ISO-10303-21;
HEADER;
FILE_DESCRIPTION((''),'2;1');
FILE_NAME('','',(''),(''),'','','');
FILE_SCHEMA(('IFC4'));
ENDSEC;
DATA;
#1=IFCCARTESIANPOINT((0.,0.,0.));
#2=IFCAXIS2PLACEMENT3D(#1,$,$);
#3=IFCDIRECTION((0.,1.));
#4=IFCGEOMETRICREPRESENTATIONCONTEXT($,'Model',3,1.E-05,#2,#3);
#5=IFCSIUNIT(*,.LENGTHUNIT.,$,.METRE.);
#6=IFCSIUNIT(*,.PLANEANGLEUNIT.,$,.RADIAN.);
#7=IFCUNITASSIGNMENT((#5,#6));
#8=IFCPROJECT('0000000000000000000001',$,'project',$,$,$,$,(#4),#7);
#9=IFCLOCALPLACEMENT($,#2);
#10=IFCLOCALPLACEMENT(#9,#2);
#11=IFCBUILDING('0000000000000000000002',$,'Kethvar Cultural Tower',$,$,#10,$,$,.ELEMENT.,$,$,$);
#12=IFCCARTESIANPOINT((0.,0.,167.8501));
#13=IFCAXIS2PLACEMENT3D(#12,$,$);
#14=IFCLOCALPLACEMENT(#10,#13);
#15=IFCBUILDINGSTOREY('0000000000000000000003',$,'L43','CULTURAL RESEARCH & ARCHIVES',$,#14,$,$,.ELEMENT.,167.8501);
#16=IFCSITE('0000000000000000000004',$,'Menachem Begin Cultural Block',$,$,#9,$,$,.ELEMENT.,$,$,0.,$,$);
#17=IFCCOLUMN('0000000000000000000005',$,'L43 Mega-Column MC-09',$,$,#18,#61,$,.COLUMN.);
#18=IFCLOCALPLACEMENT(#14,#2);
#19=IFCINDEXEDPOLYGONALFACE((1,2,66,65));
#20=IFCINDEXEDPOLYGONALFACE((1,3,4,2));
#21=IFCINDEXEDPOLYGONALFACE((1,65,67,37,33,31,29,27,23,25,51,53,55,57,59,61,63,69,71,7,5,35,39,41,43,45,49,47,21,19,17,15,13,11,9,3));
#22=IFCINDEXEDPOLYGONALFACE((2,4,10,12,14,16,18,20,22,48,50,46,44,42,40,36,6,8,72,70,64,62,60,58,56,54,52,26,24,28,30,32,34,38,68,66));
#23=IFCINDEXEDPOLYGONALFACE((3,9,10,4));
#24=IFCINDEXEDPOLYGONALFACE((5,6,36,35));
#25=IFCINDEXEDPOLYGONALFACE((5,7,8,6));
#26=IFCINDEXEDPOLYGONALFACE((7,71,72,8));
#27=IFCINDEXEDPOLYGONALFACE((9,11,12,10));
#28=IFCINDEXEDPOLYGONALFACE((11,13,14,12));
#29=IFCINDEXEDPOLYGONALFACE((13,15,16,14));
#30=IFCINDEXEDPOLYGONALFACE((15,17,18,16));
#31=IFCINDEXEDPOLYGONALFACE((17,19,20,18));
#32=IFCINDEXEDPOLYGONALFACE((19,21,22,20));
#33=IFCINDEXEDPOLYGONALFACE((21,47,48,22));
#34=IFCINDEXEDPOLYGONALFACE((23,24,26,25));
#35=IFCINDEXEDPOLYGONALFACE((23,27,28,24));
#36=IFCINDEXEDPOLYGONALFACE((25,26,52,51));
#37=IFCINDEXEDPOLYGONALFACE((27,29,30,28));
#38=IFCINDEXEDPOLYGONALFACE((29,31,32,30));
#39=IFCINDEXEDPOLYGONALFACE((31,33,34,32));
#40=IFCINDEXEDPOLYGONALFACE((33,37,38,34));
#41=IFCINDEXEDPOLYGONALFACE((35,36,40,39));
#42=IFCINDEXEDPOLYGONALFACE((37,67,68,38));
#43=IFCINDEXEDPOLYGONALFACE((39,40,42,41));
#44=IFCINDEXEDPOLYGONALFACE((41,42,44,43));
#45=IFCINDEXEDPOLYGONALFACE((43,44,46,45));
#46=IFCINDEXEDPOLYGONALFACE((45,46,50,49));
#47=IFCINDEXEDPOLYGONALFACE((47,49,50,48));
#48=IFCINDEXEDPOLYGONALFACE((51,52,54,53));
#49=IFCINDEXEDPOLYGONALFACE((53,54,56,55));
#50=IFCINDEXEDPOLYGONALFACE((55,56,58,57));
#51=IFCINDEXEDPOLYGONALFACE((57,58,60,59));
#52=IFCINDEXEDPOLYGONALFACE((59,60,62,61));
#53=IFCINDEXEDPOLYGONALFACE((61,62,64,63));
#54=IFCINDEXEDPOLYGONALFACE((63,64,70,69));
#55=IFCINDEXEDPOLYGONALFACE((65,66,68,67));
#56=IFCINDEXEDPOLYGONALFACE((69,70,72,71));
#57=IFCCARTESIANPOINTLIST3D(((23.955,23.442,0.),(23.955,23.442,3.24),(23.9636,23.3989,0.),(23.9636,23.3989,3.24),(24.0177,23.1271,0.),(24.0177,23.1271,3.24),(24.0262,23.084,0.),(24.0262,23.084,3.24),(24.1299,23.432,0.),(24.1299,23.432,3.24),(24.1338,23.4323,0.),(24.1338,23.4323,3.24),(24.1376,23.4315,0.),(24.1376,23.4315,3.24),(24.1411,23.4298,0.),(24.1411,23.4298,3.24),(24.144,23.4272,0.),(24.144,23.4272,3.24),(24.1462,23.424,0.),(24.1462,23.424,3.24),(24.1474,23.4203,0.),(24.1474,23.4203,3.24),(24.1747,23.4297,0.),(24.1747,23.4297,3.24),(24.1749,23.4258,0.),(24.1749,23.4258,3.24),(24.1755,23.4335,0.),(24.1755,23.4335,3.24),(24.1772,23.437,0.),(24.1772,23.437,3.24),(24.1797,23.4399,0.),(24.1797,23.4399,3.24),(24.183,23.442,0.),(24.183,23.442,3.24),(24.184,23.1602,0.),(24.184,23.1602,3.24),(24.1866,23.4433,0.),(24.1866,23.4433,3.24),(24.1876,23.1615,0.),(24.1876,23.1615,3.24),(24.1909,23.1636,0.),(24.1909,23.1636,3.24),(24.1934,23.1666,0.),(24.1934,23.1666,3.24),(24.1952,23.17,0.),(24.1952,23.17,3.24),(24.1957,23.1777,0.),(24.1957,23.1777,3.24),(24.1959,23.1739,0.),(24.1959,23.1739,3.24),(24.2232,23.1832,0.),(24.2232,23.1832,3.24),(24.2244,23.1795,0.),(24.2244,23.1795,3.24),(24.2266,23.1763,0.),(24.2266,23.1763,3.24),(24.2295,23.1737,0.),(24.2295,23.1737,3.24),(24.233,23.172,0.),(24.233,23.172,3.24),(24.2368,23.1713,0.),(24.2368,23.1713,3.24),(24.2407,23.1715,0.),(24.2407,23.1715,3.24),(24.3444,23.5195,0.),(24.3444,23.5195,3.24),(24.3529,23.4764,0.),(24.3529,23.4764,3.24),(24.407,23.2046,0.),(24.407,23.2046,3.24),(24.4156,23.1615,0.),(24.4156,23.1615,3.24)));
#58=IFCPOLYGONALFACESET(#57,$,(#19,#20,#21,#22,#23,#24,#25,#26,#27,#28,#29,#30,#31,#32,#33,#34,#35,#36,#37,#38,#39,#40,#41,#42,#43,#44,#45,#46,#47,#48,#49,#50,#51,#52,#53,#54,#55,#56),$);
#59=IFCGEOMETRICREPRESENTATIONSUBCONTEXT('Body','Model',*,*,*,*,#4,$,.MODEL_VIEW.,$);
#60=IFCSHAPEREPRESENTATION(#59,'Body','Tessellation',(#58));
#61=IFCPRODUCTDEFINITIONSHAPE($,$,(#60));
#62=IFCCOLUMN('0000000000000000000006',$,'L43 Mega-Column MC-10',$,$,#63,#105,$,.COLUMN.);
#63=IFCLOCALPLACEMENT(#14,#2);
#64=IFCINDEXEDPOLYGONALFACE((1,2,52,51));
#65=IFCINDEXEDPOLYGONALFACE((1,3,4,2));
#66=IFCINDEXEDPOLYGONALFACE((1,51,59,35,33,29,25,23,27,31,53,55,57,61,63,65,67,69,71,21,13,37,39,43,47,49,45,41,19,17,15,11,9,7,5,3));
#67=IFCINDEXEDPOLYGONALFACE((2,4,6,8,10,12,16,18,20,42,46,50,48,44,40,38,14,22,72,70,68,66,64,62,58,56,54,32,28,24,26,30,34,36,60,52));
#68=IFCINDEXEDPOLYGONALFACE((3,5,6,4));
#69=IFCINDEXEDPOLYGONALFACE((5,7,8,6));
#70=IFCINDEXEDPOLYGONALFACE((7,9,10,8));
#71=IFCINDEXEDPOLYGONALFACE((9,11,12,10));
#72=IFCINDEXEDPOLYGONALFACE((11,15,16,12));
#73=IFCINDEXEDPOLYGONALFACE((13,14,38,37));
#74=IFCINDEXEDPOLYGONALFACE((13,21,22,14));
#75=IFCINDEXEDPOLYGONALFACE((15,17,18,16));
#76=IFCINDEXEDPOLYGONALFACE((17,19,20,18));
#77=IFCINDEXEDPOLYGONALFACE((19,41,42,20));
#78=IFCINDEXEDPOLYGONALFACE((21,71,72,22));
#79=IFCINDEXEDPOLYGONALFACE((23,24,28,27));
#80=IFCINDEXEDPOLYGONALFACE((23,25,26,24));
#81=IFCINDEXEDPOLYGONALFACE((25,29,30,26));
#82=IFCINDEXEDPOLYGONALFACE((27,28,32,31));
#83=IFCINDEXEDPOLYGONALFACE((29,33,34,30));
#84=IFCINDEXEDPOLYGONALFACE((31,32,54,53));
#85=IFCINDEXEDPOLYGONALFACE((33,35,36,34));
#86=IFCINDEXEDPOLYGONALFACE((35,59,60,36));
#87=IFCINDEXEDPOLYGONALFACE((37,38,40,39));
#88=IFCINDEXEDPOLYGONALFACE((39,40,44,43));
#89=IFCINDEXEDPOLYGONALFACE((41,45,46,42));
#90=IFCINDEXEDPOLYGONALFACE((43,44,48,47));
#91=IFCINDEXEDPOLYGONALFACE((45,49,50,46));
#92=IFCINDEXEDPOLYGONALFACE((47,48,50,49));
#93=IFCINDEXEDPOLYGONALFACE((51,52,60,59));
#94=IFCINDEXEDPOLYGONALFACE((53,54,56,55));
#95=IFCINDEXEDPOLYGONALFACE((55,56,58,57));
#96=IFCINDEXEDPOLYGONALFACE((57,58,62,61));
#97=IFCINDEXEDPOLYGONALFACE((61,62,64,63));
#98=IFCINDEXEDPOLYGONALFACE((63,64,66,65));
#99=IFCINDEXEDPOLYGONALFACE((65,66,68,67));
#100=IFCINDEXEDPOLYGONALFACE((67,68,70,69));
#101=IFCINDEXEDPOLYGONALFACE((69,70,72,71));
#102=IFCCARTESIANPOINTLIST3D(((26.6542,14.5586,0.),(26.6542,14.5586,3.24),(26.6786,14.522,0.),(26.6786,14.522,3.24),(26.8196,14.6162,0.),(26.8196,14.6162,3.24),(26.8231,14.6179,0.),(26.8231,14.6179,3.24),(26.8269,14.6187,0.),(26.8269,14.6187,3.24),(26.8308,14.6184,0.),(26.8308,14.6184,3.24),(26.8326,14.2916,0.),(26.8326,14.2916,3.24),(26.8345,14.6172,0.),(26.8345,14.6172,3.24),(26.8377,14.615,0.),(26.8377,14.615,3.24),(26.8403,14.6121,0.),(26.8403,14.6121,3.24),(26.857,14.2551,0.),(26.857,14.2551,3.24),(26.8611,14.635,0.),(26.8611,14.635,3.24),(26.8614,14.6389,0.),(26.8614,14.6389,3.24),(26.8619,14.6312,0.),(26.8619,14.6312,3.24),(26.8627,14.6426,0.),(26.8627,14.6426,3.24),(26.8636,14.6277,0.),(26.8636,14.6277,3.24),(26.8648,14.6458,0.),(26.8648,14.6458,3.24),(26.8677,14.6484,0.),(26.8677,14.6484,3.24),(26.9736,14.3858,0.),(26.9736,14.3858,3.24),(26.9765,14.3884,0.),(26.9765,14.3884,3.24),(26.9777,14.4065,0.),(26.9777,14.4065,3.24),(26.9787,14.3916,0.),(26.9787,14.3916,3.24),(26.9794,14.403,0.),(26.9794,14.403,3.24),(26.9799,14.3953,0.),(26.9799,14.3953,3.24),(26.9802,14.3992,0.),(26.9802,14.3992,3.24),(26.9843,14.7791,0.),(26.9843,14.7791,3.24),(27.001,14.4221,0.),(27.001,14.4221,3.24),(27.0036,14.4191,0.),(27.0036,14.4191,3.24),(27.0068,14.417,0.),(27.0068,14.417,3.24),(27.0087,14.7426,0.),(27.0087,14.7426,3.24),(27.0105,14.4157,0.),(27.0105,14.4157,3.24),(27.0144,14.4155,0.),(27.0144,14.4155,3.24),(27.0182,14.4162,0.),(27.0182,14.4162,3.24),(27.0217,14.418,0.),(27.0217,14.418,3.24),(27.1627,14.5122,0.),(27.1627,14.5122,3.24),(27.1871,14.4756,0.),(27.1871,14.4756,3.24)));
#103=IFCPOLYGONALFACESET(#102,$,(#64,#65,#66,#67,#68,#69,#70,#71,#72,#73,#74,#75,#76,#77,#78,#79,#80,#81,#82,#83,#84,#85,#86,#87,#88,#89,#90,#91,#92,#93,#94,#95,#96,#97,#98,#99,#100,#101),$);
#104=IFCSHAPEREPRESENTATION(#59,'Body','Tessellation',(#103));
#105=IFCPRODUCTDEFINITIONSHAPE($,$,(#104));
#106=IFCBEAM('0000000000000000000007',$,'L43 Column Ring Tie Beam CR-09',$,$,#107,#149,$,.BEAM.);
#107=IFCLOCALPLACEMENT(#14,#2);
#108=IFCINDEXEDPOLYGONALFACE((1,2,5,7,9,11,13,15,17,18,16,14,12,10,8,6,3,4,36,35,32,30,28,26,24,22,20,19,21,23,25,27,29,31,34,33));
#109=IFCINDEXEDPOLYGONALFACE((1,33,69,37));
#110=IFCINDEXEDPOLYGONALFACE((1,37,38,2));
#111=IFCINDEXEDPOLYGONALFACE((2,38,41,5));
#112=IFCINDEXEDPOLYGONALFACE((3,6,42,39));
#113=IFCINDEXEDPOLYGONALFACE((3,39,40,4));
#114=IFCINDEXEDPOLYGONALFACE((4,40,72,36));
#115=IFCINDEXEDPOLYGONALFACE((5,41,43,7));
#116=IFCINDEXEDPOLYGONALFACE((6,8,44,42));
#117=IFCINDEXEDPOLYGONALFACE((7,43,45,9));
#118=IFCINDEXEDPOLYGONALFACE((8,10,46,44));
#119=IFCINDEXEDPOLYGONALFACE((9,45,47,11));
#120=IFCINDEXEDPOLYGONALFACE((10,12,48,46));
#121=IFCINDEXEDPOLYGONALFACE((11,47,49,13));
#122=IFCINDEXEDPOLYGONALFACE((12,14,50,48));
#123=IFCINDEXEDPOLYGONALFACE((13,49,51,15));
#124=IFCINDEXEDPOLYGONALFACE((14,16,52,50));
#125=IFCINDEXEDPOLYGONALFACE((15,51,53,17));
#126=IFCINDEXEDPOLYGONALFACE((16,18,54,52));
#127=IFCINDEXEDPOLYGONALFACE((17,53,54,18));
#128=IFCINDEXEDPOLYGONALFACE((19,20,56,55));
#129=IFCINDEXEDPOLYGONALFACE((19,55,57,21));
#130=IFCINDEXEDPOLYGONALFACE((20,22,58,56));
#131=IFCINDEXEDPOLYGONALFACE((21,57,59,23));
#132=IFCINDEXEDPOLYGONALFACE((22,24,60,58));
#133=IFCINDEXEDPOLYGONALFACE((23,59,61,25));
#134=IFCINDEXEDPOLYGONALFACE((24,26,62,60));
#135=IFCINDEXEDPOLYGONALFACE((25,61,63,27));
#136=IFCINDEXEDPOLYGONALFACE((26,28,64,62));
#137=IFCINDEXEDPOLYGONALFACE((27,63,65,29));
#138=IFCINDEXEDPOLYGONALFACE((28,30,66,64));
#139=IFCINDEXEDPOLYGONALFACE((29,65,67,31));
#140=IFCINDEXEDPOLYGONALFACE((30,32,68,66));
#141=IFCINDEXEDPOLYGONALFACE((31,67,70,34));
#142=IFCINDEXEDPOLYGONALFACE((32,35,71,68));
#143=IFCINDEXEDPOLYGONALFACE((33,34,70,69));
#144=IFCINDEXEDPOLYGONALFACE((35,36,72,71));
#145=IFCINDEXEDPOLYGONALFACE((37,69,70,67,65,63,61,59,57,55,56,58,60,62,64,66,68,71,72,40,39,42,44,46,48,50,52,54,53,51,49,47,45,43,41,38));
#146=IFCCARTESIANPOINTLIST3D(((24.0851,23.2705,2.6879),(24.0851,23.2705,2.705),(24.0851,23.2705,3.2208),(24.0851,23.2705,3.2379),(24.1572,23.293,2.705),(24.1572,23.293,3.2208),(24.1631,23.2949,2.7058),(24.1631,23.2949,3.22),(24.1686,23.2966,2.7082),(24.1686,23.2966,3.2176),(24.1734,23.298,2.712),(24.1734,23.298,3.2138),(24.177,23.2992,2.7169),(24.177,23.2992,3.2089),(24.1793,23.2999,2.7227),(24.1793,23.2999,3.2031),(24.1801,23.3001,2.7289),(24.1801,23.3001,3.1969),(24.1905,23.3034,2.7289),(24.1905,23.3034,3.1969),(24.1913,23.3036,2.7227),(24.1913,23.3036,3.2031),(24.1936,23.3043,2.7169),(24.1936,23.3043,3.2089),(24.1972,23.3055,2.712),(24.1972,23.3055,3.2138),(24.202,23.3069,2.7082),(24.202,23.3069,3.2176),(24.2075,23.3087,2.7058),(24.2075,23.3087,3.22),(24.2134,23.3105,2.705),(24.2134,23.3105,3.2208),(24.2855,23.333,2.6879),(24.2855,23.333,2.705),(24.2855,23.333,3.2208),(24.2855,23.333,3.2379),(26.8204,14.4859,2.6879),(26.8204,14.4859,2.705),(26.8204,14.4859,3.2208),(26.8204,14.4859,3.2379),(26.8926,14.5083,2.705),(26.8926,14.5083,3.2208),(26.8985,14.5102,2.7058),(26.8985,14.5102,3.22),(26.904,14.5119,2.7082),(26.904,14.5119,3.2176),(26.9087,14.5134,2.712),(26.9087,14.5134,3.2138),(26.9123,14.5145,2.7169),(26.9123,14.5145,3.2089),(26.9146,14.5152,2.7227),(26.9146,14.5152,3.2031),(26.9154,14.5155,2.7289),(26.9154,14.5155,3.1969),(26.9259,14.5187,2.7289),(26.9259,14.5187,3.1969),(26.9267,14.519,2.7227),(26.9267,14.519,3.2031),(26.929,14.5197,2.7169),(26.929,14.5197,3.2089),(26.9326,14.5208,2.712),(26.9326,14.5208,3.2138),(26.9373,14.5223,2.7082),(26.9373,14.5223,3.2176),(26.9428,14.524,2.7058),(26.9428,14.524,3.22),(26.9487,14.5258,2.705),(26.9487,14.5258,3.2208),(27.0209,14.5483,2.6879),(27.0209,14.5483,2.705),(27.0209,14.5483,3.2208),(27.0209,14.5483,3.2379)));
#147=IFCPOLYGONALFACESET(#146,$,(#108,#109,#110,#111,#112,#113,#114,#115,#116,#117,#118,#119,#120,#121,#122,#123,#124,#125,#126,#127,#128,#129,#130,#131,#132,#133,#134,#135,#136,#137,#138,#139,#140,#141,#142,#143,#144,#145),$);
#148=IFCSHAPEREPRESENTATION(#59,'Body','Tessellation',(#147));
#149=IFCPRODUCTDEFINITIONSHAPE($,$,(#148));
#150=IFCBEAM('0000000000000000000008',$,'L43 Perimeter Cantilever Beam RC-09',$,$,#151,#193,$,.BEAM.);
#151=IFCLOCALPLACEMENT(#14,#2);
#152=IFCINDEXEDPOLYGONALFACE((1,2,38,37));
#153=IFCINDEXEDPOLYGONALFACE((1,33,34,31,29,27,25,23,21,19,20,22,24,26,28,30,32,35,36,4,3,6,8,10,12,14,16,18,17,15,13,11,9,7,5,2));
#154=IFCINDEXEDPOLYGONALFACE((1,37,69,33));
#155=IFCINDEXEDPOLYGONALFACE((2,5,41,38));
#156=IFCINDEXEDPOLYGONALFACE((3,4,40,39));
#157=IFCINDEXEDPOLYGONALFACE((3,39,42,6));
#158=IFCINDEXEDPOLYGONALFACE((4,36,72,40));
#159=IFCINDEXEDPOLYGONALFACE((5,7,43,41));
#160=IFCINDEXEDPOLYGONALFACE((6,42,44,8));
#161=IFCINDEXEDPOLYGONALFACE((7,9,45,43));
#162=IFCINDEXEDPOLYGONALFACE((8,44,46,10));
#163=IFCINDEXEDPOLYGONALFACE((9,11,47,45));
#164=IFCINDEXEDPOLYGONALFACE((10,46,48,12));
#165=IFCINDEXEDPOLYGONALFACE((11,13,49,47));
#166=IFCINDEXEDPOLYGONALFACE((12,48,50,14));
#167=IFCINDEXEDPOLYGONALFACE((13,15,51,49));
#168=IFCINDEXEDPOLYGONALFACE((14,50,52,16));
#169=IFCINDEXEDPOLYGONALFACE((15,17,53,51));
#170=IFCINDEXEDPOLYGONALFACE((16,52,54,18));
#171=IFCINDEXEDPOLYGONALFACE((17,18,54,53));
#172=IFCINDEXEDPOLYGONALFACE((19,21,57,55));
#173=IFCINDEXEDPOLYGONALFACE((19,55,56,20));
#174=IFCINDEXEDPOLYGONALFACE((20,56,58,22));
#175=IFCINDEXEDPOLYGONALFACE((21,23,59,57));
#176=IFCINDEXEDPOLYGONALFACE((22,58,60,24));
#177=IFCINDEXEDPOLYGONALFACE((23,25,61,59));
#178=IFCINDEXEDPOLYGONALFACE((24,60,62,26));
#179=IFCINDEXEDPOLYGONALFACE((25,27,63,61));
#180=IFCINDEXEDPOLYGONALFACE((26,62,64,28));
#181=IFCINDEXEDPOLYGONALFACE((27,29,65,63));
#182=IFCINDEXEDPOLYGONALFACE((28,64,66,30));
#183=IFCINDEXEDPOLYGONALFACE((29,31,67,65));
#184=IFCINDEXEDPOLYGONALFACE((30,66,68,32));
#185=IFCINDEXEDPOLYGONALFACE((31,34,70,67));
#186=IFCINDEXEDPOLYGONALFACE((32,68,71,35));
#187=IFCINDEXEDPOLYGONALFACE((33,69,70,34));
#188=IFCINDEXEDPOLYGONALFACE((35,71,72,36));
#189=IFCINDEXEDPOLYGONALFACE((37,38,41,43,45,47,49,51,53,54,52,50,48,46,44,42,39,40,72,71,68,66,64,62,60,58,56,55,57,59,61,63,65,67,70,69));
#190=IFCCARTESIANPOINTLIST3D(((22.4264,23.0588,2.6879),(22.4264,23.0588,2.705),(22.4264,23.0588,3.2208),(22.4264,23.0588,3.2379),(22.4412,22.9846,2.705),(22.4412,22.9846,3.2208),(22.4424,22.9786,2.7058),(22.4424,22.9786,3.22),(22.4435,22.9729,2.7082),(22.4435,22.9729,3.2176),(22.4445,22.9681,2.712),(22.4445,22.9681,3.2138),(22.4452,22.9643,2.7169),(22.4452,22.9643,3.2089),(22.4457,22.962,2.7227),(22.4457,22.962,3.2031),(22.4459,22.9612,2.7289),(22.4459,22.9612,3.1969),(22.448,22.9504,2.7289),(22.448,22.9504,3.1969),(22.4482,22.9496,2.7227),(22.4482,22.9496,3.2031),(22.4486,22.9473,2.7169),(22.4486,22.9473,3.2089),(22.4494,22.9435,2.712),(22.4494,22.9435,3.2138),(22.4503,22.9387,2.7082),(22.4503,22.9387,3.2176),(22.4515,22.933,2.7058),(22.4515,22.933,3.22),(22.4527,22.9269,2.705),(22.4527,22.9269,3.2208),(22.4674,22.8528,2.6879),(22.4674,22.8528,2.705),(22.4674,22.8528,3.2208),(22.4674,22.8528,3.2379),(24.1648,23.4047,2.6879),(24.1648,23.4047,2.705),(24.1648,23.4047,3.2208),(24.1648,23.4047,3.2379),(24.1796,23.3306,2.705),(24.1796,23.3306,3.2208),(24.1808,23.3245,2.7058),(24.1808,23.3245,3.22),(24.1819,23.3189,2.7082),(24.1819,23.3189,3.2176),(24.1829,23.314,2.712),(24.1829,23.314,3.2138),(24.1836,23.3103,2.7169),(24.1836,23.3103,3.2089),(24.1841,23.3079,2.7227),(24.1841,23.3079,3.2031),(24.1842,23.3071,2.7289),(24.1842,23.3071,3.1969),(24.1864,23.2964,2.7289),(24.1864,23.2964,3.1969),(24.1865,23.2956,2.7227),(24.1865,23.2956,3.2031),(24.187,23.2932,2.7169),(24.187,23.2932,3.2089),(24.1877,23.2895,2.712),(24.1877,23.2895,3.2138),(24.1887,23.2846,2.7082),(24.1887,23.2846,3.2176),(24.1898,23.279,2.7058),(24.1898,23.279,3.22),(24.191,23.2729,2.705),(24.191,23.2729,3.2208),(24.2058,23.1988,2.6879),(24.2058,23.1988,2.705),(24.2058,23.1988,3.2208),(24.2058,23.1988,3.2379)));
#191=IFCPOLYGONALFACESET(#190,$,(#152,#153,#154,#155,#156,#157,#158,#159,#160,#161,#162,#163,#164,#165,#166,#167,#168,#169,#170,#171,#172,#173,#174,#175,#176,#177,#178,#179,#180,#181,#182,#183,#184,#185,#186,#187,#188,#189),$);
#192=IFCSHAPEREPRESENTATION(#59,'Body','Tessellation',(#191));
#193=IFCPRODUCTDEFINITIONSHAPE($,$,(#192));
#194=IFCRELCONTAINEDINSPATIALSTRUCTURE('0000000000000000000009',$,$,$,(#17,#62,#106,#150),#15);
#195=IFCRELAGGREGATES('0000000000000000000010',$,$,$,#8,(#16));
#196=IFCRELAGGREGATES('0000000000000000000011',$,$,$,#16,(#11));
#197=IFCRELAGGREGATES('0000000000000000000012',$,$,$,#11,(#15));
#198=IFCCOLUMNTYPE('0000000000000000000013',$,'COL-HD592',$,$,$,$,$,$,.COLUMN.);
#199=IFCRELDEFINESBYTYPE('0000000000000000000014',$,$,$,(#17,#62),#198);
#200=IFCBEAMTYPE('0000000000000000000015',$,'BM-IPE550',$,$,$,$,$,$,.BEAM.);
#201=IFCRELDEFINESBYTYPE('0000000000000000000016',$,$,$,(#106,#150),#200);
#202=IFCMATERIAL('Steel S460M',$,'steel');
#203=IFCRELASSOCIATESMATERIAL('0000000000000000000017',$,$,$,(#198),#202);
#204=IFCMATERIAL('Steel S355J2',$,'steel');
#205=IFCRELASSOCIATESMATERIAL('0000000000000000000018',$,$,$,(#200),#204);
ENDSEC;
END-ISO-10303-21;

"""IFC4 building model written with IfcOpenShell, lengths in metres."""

from ifc_helpers import new_model, si_unit, direction, frame, origin, origin_2d, place, context, subcontext, project, spatial, i_section, extrude, source, transform, mapped, material, material_profile, profile_set, type_object, element, save


model = new_model("IFC4")

# Units and contexts
model_context = context("Model", 3, precision=1e-05, world=origin(), true_north=direction((0.0, 1.0)))
body_context = subcontext(model_context, "Body", "Model", "MODEL_VIEW")
ifc_project = project(units=[si_unit("LENGTHUNIT", "METRE"), si_unit("PLANEANGLEUNIT", "RADIAN")], contexts=[model_context])

# Site, building, storey
site_placement = place(None, origin())
site = spatial("IfcSite", under=ifc_project, at=site_placement, Name="Menachem Begin Cultural Block", CompositionType="ELEMENT", RefElevation=0.0)
building_placement = place(site_placement, origin())
building = spatial("IfcBuilding", under=site, at=building_placement, Name="Kethvar Cultural Tower", CompositionType="ELEMENT")
storey_placement = place(building_placement, frame((0.0, 0.0, 167.8501)))
storey = spatial("IfcBuildingStorey", under=building, at=storey_placement, Name="L43", Description="CULTURAL RESEARCH & ARCHIVES", CompositionType="ELEMENT", Elevation=167.8501)

# Columns
ifc_material_1 = material(Name="Steel S460M", Category="steel")
ifc_material_profile_1 = material_profile(ifc_material_1, i_section(OverallWidth=0.397, OverallDepth=0.365, WebThickness=0.0281, FlangeThickness=0.0439, FilletRadius=0.0149, at=origin_2d()), Name="Steel S460M — HD400x592")
ifc_profile_set_1 = profile_set([ifc_material_profile_1], Name="Steel S460M — HD400x592")
column_type = type_object("IfcColumnType", Name="COL-HD592", PredefinedType="COLUMN", material=ifc_profile_set_1)
shared_shape_1 = source(origin(), body_context, "Body", "SweptSolid", [
    extrude(i_section(OverallWidth=0.397, OverallDepth=0.365, WebThickness=0.0281, FlangeThickness=0.0439, FilletRadius=0.0149, at=origin_2d()), origin(), (0.0, 0.0, 1.0), 3.24),
])
for number, where, z_axis, x_axis, name in (
    (1, (24.1853, 23.3018, 0.0), (0.0, 0.0, 1.0), (-0.980785, -0.19509, 0.0), "L43 Mega-Column MC-09"),
    (2, (26.9207, 14.5171, 0.0), (0.0, 0.0, 1.0), (-0.83147, -0.55557, 0.0), "L43 Mega-Column MC-10"),
):
    element("IfcColumn", number, at=place(storey_placement, frame(where, z_axis=z_axis, x_axis=x_axis)), inside=storey, type_object=column_type, Name=name, PredefinedType="COLUMN", context=body_context, shape_type="MappedRepresentation", body=[
        mapped(shared_shape_1, transform((0.0, 0.0, 0.0), scale=1.0)),
    ])

# Beams
ifc_material_2 = material(Name="Steel S355J2", Category="steel")
ifc_material_profile_2 = material_profile(ifc_material_2, i_section(OverallWidth=0.21, OverallDepth=0.55, WebThickness=0.011, FlangeThickness=0.0171, FilletRadius=0.0239, at=origin_2d()), Name="Steel S355J2 — IPE550")
ifc_profile_set_2 = profile_set([ifc_material_profile_2], Name="Steel S355J2 — IPE550")
beam_type_1 = type_object("IfcBeamType", Name="BM-IPE550", PredefinedType="BEAM", material=ifc_profile_set_2)
shared_shape_2 = source(origin(), body_context, "Body", "SweptSolid", [
    extrude(i_section(OverallWidth=0.21, OverallDepth=0.55, WebThickness=0.011, FlangeThickness=0.0171, FilletRadius=0.0239, at=origin_2d()), origin(), (0.0, 0.0, 1.0), 9.2007),
])
beam_1_placement = place(storey_placement, frame((24.1853, 23.3018, 2.9629), z_axis=(0.297299, -0.954784, 0.0), x_axis=(0.954784, 0.297299, 0.0)))
element("IfcBeam", 3, at=beam_1_placement, inside=storey, type_object=beam_type_1, Name="L43 Column Ring Tie Beam CR-09", PredefinedType="BEAM", context=body_context, shape_type="MappedRepresentation", body=[
    mapped(shared_shape_2, transform((0.0, 0.0, 0.0), scale=1.0)),
])
shared_shape_3 = source(origin(), body_context, "Body", "SweptSolid", [
    extrude(i_section(OverallWidth=0.21, OverallDepth=0.55, WebThickness=0.011, FlangeThickness=0.0171, FilletRadius=0.0239, at=origin_2d()), origin(), (0.0, 0.0, 1.0), 1.7725),
])
beam_2_placement = place(storey_placement, frame((24.1853, 23.3018, 2.9629), z_axis=(-0.980766, -0.195189, 0.0), x_axis=(0.195189, -0.980766, 0.0)))
element("IfcBeam", 4, at=beam_2_placement, inside=storey, type_object=beam_type_1, Name="L43 Perimeter Cantilever Beam RC-09", PredefinedType="BEAM", context=body_context, shape_type="MappedRepresentation", body=[
    mapped(shared_shape_3, transform((0.0, 0.0, 0.0), scale=1.0)),
])

save(model, "model.ifc")
